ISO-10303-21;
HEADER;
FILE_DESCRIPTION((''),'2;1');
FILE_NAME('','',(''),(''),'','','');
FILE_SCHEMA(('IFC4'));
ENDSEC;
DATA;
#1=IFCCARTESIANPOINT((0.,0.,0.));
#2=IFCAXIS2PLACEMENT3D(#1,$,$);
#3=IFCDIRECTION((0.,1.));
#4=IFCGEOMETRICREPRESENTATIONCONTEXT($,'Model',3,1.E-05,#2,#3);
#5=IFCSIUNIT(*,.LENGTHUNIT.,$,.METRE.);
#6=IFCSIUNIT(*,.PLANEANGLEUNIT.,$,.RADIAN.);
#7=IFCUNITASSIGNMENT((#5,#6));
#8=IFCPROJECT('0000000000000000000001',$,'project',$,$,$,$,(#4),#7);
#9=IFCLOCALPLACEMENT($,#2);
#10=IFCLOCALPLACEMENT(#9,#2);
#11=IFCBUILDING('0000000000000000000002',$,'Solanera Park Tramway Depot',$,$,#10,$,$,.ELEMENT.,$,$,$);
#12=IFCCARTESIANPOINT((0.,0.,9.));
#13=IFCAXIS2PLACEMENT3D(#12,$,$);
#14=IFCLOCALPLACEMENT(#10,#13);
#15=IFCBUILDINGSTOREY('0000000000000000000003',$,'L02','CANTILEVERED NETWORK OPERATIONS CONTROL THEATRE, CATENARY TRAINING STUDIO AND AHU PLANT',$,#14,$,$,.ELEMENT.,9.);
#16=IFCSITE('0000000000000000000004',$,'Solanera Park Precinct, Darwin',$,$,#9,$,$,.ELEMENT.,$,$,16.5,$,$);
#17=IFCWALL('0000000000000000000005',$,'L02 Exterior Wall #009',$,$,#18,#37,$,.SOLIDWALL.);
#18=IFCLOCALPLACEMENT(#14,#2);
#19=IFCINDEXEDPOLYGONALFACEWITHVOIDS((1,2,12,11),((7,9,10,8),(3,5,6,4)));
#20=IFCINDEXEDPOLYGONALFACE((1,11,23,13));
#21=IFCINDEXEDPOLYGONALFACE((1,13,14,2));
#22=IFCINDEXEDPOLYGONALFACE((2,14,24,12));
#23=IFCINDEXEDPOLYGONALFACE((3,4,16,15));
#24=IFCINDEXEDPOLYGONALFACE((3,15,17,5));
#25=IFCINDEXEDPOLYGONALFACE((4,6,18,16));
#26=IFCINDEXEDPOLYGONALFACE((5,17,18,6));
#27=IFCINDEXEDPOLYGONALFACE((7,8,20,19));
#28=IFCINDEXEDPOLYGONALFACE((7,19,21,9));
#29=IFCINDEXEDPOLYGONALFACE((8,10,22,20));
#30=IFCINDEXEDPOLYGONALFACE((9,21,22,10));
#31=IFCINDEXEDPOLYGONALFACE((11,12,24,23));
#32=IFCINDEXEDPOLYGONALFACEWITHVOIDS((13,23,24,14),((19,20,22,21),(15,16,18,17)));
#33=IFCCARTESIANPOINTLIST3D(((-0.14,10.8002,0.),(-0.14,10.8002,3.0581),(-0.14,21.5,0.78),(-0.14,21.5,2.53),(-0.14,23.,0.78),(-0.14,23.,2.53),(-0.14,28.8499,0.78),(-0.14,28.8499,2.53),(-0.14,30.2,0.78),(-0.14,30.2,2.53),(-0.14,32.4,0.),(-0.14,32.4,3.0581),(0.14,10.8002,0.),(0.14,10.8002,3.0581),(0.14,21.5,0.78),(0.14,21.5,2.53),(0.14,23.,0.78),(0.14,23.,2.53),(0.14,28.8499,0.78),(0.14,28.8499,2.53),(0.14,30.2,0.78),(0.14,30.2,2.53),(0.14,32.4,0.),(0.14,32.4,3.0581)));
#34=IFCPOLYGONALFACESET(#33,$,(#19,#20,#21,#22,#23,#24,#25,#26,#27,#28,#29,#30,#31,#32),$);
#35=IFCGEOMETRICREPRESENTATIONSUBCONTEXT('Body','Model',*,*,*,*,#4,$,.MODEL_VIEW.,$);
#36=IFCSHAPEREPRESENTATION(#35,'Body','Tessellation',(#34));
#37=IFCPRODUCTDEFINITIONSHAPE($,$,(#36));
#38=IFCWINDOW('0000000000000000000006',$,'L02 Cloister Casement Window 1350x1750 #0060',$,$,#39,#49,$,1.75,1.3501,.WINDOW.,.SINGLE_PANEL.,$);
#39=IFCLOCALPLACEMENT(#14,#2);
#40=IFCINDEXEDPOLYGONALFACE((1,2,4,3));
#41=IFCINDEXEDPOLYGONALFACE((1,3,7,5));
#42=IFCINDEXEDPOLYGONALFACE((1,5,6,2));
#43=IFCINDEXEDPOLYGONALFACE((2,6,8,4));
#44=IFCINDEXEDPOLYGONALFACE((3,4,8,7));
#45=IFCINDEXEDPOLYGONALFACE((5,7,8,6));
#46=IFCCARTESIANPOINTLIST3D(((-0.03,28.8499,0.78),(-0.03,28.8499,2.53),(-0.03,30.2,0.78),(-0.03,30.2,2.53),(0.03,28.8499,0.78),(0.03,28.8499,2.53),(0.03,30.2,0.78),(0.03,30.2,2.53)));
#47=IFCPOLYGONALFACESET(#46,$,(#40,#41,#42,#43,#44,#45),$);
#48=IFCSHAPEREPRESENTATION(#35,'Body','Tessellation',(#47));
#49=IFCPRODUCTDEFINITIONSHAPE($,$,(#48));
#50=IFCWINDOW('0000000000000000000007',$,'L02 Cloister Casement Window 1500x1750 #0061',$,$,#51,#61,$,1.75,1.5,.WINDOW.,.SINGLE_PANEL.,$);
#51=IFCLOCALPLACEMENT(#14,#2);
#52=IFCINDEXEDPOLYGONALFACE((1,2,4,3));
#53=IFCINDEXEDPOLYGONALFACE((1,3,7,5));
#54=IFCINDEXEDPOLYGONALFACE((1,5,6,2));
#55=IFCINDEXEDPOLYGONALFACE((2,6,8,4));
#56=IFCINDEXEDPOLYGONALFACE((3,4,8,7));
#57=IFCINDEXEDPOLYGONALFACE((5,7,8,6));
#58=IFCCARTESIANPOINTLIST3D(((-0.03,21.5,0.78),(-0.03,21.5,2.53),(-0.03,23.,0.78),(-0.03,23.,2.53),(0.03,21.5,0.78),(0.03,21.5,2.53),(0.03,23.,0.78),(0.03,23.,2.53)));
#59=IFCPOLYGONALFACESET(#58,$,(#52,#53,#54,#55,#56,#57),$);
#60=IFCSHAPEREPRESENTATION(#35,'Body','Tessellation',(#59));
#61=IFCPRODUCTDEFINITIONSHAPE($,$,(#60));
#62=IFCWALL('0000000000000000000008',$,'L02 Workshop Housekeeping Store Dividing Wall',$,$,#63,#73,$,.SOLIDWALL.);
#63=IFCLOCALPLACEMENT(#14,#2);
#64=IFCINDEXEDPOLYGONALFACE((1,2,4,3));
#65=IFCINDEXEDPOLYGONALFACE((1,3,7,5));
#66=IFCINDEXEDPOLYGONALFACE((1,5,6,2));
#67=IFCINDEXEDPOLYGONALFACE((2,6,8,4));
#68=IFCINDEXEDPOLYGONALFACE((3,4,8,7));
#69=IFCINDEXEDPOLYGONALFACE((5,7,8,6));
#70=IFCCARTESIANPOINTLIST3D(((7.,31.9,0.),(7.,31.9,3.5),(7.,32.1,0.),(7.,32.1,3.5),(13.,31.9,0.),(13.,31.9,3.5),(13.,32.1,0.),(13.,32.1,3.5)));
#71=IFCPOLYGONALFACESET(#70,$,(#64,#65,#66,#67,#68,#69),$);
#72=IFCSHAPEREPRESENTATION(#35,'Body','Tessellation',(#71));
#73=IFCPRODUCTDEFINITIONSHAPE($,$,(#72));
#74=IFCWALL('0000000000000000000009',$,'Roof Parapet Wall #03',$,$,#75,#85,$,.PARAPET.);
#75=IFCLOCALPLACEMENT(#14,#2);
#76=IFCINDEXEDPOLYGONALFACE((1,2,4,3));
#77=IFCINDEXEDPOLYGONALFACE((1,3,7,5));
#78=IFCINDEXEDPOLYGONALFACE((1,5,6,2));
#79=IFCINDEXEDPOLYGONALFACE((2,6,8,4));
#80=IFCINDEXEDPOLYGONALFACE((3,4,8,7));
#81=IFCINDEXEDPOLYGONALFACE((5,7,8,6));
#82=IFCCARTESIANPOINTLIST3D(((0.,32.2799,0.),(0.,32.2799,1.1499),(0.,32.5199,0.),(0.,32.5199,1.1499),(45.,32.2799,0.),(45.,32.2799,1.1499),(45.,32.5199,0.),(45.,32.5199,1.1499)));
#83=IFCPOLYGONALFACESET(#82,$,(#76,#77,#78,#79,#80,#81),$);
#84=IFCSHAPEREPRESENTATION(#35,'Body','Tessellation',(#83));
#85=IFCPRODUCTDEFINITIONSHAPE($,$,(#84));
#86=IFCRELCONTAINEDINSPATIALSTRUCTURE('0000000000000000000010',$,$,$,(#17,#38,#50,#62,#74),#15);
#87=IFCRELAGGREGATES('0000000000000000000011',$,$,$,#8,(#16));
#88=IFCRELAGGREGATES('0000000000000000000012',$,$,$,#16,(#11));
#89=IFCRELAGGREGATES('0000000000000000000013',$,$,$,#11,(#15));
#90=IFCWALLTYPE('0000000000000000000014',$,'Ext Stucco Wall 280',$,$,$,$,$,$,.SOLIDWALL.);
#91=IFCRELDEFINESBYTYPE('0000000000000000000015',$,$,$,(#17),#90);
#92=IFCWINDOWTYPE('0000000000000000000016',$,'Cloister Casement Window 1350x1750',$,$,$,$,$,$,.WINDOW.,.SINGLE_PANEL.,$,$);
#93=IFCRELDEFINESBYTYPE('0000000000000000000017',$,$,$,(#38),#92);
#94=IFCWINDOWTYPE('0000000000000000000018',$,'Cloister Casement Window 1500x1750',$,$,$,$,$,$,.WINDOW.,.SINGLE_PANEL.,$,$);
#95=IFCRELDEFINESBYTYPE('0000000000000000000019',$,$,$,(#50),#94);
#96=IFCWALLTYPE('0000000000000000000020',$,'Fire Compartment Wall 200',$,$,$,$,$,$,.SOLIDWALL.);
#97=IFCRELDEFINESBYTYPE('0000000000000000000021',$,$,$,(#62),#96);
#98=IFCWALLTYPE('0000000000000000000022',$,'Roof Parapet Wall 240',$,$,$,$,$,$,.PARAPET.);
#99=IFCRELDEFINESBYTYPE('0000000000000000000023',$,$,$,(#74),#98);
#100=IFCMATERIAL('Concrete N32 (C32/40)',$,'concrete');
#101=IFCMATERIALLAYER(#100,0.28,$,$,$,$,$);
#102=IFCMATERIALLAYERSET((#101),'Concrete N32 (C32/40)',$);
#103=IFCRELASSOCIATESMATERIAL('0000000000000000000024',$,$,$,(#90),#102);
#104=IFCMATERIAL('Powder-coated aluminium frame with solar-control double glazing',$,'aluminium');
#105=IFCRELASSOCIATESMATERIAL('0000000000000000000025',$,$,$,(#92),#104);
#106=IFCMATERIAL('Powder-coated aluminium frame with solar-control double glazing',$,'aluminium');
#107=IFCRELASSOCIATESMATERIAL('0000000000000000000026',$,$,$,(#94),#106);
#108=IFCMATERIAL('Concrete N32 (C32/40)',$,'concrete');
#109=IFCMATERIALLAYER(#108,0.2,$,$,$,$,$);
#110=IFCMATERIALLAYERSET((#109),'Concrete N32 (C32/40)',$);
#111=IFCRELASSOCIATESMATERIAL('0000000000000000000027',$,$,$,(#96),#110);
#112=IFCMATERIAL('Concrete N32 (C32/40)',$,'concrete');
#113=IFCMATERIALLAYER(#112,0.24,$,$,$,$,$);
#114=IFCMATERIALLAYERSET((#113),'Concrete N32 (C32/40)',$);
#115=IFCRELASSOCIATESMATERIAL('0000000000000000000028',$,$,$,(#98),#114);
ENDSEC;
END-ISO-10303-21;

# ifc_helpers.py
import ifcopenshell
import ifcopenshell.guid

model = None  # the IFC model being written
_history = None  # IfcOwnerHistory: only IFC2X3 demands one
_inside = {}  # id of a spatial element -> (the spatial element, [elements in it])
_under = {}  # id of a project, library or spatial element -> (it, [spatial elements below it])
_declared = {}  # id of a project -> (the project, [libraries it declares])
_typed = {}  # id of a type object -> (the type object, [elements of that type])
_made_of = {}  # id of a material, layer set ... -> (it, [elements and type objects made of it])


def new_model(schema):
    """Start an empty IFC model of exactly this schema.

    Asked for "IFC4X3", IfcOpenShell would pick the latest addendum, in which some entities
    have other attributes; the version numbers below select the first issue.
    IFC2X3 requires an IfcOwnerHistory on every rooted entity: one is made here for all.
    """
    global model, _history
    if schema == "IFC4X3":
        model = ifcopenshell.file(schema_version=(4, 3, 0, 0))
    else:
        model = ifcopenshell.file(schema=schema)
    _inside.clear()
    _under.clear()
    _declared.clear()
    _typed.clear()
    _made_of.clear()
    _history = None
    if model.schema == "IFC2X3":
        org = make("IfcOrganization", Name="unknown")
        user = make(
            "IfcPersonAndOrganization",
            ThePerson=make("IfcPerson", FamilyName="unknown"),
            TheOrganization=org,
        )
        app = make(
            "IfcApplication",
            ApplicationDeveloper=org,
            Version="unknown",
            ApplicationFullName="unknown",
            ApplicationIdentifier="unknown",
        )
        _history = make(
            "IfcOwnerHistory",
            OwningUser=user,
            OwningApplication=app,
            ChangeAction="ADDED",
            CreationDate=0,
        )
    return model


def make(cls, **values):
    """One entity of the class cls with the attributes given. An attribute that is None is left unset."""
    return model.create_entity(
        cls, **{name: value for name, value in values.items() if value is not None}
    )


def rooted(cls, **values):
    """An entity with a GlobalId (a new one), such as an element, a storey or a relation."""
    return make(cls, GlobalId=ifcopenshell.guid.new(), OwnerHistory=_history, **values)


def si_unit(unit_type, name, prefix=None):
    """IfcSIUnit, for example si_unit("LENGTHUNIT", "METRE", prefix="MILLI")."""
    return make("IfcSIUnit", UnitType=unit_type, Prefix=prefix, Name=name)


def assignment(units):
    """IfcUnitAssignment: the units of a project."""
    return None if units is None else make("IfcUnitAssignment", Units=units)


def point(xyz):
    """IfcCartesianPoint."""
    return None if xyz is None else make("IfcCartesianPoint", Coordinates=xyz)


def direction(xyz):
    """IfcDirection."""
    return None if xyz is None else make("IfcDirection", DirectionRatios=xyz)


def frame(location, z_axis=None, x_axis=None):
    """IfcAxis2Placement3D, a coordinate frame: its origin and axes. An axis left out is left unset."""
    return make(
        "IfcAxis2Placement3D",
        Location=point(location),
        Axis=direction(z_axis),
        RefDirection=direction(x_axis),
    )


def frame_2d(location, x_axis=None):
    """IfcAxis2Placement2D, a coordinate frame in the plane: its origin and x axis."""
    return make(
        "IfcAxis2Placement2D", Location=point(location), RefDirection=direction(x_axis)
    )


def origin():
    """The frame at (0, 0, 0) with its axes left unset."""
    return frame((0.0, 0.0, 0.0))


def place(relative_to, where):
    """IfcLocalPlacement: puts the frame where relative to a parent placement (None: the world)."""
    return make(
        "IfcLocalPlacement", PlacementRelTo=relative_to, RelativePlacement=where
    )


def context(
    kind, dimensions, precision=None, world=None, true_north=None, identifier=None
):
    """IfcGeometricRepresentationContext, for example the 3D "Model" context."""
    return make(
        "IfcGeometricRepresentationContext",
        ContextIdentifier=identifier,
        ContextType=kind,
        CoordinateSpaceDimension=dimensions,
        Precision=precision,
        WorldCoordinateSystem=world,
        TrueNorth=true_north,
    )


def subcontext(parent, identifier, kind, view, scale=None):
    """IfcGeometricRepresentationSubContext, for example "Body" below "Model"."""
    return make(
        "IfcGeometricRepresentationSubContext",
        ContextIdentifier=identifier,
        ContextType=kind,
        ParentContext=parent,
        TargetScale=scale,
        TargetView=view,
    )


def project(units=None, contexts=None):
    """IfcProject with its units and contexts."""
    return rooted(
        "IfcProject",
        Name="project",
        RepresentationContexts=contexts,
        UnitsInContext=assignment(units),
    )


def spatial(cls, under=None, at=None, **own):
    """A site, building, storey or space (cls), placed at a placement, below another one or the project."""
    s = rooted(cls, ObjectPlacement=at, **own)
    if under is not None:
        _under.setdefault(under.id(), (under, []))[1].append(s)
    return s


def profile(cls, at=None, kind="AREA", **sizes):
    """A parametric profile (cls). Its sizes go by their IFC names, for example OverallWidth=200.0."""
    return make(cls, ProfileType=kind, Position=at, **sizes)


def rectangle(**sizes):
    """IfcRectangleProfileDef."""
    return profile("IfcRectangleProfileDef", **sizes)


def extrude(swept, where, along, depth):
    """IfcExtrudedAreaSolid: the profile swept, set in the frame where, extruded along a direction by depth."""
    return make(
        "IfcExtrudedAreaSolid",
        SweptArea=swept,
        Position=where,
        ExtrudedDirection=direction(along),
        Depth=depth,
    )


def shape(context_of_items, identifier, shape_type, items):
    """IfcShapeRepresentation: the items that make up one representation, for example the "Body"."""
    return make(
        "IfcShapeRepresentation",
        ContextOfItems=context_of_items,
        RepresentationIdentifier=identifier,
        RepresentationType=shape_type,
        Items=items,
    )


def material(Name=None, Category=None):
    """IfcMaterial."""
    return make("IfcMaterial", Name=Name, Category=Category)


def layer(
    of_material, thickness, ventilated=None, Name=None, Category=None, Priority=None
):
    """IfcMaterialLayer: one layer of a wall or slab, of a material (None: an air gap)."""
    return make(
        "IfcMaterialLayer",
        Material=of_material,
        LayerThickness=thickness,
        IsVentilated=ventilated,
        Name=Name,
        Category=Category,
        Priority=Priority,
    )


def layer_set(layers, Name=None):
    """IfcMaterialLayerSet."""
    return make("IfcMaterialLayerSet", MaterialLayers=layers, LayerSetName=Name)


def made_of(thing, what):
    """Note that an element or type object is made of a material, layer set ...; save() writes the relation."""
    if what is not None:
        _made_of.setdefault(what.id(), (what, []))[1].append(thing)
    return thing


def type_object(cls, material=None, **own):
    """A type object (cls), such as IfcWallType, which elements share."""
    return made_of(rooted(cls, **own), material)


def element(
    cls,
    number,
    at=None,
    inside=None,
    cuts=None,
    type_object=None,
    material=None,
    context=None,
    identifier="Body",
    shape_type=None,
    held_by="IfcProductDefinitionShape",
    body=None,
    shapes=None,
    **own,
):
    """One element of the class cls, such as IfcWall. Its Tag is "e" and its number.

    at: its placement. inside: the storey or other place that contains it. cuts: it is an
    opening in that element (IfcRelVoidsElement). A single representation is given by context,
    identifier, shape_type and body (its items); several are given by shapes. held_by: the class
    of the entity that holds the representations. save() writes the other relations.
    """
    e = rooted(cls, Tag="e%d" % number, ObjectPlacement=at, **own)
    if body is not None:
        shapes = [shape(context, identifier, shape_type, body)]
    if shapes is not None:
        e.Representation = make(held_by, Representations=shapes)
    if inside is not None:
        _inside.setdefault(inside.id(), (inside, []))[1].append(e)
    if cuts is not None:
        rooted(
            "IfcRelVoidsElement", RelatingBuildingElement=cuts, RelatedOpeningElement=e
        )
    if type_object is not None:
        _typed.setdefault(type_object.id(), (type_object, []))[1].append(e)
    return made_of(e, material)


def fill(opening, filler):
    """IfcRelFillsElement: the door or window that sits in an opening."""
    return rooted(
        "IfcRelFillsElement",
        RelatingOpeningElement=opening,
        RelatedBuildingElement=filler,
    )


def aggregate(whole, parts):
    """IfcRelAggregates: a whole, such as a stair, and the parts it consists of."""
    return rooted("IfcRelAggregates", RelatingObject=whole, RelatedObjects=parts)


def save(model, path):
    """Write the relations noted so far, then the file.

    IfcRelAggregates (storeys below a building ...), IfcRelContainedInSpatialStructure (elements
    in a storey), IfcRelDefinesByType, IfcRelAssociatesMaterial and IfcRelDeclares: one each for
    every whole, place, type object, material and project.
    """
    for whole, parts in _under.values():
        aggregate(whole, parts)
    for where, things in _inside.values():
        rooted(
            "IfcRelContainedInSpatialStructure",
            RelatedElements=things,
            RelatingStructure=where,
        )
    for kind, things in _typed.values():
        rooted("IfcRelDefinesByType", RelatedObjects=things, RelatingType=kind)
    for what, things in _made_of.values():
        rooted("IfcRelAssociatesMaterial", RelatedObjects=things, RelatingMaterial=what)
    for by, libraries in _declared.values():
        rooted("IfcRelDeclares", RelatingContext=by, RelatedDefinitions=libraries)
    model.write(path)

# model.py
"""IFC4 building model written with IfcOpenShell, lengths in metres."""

from ifc_helpers import new_model, si_unit, direction, frame, frame_2d, origin, place, context, subcontext, project, spatial, rectangle, extrude, material, layer, layer_set, type_object, element, fill, save


model = new_model("IFC4")

# Units and contexts
model_context = context("Model", 3, precision=1e-05, world=origin(), true_north=direction((0.0, 1.0)))
body_context = subcontext(model_context, "Body", "Model", "MODEL_VIEW")
ifc_project = project(units=[si_unit("LENGTHUNIT", "METRE"), si_unit("PLANEANGLEUNIT", "RADIAN")], contexts=[model_context])

# Site, building, storey
site_placement = place(None, origin())
site = spatial("IfcSite", under=ifc_project, at=site_placement, Name="Solanera Park Precinct, Darwin", CompositionType="ELEMENT", RefElevation=16.5)
building_placement = place(site_placement, origin())
building = spatial("IfcBuilding", under=site, at=building_placement, Name="Solanera Park Tramway Depot", CompositionType="ELEMENT")
storey_placement = place(building_placement, frame((0.0, 0.0, 9.0)))
storey = spatial("IfcBuildingStorey", under=building, at=storey_placement, Name="L02", Description="CANTILEVERED NETWORK OPERATIONS CONTROL THEATRE, CATENARY TRAINING STUDIO AND AHU PLANT", CompositionType="ELEMENT", Elevation=9.0)

# Wall, openings, windows
ifc_material_1 = material(Name="Concrete N32 (C32/40)", Category="concrete")
ifc_layer_1 = layer(ifc_material_1, 0.28)
ifc_layer_set_1 = layer_set([ifc_layer_1], Name="Concrete N32 (C32/40)")
wall_type_1 = type_object("IfcWallType", Name="Ext Stucco Wall 280", PredefinedType="SOLIDWALL", material=ifc_layer_set_1)
wall_1_placement = place(storey_placement, frame((0.0, 32.3999, 0.0), z_axis=(0.0, 0.0, 1.0), x_axis=(0.0, -1.0, 0.0)))
wall_1 = element("IfcWall", 1, at=wall_1_placement, inside=storey, type_object=wall_type_1, Name="L02 Exterior Wall #009", PredefinedType="SOLIDWALL", context=body_context, shape_type="SweptSolid", body=[
    extrude(rectangle(XDim=21.5999, YDim=0.28, at=frame_2d((10.7998, 0.0))), origin(), (0.0, 0.0, 1.0), 3.0581),
])
opening_1_placement = place(wall_1_placement, frame((2.2, 0.0, 0.78)))
opening_1 = element("IfcOpeningElement", 2, at=opening_1_placement, cuts=wall_1, PredefinedType="OPENING", context=body_context, shape_type="SweptSolid", body=[
    extrude(rectangle(XDim=1.3501, YDim=1.75, at=frame_2d((0.675, 0.875))), frame((0.0, 0.1499, 0.0), z_axis=(0.0, -1.0, 0.0), x_axis=(1.0, 0.0, 0.0)), (0.0, 0.0, 1.0), 0.3),
])
opening_2_placement = place(wall_1_placement, frame((9.3999, 0.0, 0.78)))
opening_2 = element("IfcOpeningElement", 3, at=opening_2_placement, cuts=wall_1, PredefinedType="OPENING", context=body_context, shape_type="SweptSolid", body=[
    extrude(rectangle(XDim=1.5, YDim=1.75, at=frame_2d((0.75, 0.875))), frame((0.0, 0.1499, 0.0), z_axis=(0.0, -1.0, 0.0), x_axis=(1.0, 0.0, 0.0)), (0.0, 0.0, 1.0), 0.3),
])
ifc_material_2 = material(Name="Powder-coated aluminium frame with solar-control double glazing", Category="aluminium")
window_type_1 = type_object("IfcWindowType", Name="Cloister Casement Window 1350x1750", PartitioningType="SINGLE_PANEL", PredefinedType="WINDOW", material=ifc_material_2)
window_1_placement = place(opening_1_placement, origin())
window_1 = element("IfcWindow", 4, at=window_1_placement, inside=storey, type_object=window_type_1, Name="L02 Cloister Casement Window 1350x1750 #0060", OverallHeight=1.75, OverallWidth=1.3501, PartitioningType="SINGLE_PANEL", PredefinedType="WINDOW", context=body_context, shape_type="SweptSolid", body=[
    extrude(rectangle(XDim=1.3501, YDim=1.75, at=frame_2d((0.675, 0.875))), frame((0.0, 0.03, 0.0), z_axis=(0.0, -1.0, 0.0), x_axis=(1.0, 0.0, 0.0)), (0.0, 0.0, 1.0), 0.0601),
])
fill(opening_1, window_1)
ifc_material_3 = material(Name="Powder-coated aluminium frame with solar-control double glazing", Category="aluminium")
window_type_2 = type_object("IfcWindowType", Name="Cloister Casement Window 1500x1750", PartitioningType="SINGLE_PANEL", PredefinedType="WINDOW", material=ifc_material_3)
window_2_placement = place(opening_2_placement, origin())
window_2 = element("IfcWindow", 5, at=window_2_placement, inside=storey, type_object=window_type_2, Name="L02 Cloister Casement Window 1500x1750 #0061", OverallHeight=1.75, OverallWidth=1.5, PartitioningType="SINGLE_PANEL", PredefinedType="WINDOW", context=body_context, shape_type="SweptSolid", body=[
    extrude(rectangle(XDim=1.5, YDim=1.75, at=frame_2d((0.75, 0.875))), frame((0.0, 0.03, 0.0), z_axis=(0.0, -1.0, 0.0), x_axis=(1.0, 0.0, 0.0)), (0.0, 0.0, 1.0), 0.0601),
])
fill(opening_2, window_2)

# Walls
ifc_material_4 = material(Name="Concrete N32 (C32/40)", Category="concrete")
ifc_layer_2 = layer(ifc_material_4, 0.2)
ifc_layer_set_2 = layer_set([ifc_layer_2], Name="Concrete N32 (C32/40)")
wall_type_2 = type_object("IfcWallType", Name="Fire Compartment Wall 200", PredefinedType="SOLIDWALL", material=ifc_layer_set_2)
wall_2_placement = place(storey_placement, frame((7.0, 32.0, 0.0), z_axis=(0.0, 0.0, 1.0), x_axis=(1.0, 0.0, 0.0)))
element("IfcWall", 6, at=wall_2_placement, inside=storey, type_object=wall_type_2, Name="L02 Workshop Housekeeping Store Dividing Wall", PredefinedType="SOLIDWALL", context=body_context, shape_type="SweptSolid", body=[
    extrude(rectangle(XDim=6.0, YDim=0.2, at=frame_2d((3.0, 0.0))), origin(), (0.0, 0.0, 1.0), 3.5),
])
ifc_material_5 = material(Name="Concrete N32 (C32/40)", Category="concrete")
ifc_layer_3 = layer(ifc_material_5, 0.24)
ifc_layer_set_3 = layer_set([ifc_layer_3], Name="Concrete N32 (C32/40)")
wall_type_3 = type_object("IfcWallType", Name="Roof Parapet Wall 240", PredefinedType="PARAPET", material=ifc_layer_set_3)
wall_3_placement = place(storey_placement, frame((0.0, 32.3999, 0.0), z_axis=(0.0, 0.0, 1.0), x_axis=(1.0, 0.0, 0.0)))
element("IfcWall", 7, at=wall_3_placement, inside=storey, type_object=wall_type_3, Name="Roof Parapet Wall #03", PredefinedType="PARAPET", context=body_context, shape_type="SweptSolid", body=[
    extrude(rectangle(XDim=45.0, YDim=0.24, at=frame_2d((22.5, 0.0))), origin(), (0.0, 0.0, 1.0), 1.1499),
])

save(model, "model.ifc")
